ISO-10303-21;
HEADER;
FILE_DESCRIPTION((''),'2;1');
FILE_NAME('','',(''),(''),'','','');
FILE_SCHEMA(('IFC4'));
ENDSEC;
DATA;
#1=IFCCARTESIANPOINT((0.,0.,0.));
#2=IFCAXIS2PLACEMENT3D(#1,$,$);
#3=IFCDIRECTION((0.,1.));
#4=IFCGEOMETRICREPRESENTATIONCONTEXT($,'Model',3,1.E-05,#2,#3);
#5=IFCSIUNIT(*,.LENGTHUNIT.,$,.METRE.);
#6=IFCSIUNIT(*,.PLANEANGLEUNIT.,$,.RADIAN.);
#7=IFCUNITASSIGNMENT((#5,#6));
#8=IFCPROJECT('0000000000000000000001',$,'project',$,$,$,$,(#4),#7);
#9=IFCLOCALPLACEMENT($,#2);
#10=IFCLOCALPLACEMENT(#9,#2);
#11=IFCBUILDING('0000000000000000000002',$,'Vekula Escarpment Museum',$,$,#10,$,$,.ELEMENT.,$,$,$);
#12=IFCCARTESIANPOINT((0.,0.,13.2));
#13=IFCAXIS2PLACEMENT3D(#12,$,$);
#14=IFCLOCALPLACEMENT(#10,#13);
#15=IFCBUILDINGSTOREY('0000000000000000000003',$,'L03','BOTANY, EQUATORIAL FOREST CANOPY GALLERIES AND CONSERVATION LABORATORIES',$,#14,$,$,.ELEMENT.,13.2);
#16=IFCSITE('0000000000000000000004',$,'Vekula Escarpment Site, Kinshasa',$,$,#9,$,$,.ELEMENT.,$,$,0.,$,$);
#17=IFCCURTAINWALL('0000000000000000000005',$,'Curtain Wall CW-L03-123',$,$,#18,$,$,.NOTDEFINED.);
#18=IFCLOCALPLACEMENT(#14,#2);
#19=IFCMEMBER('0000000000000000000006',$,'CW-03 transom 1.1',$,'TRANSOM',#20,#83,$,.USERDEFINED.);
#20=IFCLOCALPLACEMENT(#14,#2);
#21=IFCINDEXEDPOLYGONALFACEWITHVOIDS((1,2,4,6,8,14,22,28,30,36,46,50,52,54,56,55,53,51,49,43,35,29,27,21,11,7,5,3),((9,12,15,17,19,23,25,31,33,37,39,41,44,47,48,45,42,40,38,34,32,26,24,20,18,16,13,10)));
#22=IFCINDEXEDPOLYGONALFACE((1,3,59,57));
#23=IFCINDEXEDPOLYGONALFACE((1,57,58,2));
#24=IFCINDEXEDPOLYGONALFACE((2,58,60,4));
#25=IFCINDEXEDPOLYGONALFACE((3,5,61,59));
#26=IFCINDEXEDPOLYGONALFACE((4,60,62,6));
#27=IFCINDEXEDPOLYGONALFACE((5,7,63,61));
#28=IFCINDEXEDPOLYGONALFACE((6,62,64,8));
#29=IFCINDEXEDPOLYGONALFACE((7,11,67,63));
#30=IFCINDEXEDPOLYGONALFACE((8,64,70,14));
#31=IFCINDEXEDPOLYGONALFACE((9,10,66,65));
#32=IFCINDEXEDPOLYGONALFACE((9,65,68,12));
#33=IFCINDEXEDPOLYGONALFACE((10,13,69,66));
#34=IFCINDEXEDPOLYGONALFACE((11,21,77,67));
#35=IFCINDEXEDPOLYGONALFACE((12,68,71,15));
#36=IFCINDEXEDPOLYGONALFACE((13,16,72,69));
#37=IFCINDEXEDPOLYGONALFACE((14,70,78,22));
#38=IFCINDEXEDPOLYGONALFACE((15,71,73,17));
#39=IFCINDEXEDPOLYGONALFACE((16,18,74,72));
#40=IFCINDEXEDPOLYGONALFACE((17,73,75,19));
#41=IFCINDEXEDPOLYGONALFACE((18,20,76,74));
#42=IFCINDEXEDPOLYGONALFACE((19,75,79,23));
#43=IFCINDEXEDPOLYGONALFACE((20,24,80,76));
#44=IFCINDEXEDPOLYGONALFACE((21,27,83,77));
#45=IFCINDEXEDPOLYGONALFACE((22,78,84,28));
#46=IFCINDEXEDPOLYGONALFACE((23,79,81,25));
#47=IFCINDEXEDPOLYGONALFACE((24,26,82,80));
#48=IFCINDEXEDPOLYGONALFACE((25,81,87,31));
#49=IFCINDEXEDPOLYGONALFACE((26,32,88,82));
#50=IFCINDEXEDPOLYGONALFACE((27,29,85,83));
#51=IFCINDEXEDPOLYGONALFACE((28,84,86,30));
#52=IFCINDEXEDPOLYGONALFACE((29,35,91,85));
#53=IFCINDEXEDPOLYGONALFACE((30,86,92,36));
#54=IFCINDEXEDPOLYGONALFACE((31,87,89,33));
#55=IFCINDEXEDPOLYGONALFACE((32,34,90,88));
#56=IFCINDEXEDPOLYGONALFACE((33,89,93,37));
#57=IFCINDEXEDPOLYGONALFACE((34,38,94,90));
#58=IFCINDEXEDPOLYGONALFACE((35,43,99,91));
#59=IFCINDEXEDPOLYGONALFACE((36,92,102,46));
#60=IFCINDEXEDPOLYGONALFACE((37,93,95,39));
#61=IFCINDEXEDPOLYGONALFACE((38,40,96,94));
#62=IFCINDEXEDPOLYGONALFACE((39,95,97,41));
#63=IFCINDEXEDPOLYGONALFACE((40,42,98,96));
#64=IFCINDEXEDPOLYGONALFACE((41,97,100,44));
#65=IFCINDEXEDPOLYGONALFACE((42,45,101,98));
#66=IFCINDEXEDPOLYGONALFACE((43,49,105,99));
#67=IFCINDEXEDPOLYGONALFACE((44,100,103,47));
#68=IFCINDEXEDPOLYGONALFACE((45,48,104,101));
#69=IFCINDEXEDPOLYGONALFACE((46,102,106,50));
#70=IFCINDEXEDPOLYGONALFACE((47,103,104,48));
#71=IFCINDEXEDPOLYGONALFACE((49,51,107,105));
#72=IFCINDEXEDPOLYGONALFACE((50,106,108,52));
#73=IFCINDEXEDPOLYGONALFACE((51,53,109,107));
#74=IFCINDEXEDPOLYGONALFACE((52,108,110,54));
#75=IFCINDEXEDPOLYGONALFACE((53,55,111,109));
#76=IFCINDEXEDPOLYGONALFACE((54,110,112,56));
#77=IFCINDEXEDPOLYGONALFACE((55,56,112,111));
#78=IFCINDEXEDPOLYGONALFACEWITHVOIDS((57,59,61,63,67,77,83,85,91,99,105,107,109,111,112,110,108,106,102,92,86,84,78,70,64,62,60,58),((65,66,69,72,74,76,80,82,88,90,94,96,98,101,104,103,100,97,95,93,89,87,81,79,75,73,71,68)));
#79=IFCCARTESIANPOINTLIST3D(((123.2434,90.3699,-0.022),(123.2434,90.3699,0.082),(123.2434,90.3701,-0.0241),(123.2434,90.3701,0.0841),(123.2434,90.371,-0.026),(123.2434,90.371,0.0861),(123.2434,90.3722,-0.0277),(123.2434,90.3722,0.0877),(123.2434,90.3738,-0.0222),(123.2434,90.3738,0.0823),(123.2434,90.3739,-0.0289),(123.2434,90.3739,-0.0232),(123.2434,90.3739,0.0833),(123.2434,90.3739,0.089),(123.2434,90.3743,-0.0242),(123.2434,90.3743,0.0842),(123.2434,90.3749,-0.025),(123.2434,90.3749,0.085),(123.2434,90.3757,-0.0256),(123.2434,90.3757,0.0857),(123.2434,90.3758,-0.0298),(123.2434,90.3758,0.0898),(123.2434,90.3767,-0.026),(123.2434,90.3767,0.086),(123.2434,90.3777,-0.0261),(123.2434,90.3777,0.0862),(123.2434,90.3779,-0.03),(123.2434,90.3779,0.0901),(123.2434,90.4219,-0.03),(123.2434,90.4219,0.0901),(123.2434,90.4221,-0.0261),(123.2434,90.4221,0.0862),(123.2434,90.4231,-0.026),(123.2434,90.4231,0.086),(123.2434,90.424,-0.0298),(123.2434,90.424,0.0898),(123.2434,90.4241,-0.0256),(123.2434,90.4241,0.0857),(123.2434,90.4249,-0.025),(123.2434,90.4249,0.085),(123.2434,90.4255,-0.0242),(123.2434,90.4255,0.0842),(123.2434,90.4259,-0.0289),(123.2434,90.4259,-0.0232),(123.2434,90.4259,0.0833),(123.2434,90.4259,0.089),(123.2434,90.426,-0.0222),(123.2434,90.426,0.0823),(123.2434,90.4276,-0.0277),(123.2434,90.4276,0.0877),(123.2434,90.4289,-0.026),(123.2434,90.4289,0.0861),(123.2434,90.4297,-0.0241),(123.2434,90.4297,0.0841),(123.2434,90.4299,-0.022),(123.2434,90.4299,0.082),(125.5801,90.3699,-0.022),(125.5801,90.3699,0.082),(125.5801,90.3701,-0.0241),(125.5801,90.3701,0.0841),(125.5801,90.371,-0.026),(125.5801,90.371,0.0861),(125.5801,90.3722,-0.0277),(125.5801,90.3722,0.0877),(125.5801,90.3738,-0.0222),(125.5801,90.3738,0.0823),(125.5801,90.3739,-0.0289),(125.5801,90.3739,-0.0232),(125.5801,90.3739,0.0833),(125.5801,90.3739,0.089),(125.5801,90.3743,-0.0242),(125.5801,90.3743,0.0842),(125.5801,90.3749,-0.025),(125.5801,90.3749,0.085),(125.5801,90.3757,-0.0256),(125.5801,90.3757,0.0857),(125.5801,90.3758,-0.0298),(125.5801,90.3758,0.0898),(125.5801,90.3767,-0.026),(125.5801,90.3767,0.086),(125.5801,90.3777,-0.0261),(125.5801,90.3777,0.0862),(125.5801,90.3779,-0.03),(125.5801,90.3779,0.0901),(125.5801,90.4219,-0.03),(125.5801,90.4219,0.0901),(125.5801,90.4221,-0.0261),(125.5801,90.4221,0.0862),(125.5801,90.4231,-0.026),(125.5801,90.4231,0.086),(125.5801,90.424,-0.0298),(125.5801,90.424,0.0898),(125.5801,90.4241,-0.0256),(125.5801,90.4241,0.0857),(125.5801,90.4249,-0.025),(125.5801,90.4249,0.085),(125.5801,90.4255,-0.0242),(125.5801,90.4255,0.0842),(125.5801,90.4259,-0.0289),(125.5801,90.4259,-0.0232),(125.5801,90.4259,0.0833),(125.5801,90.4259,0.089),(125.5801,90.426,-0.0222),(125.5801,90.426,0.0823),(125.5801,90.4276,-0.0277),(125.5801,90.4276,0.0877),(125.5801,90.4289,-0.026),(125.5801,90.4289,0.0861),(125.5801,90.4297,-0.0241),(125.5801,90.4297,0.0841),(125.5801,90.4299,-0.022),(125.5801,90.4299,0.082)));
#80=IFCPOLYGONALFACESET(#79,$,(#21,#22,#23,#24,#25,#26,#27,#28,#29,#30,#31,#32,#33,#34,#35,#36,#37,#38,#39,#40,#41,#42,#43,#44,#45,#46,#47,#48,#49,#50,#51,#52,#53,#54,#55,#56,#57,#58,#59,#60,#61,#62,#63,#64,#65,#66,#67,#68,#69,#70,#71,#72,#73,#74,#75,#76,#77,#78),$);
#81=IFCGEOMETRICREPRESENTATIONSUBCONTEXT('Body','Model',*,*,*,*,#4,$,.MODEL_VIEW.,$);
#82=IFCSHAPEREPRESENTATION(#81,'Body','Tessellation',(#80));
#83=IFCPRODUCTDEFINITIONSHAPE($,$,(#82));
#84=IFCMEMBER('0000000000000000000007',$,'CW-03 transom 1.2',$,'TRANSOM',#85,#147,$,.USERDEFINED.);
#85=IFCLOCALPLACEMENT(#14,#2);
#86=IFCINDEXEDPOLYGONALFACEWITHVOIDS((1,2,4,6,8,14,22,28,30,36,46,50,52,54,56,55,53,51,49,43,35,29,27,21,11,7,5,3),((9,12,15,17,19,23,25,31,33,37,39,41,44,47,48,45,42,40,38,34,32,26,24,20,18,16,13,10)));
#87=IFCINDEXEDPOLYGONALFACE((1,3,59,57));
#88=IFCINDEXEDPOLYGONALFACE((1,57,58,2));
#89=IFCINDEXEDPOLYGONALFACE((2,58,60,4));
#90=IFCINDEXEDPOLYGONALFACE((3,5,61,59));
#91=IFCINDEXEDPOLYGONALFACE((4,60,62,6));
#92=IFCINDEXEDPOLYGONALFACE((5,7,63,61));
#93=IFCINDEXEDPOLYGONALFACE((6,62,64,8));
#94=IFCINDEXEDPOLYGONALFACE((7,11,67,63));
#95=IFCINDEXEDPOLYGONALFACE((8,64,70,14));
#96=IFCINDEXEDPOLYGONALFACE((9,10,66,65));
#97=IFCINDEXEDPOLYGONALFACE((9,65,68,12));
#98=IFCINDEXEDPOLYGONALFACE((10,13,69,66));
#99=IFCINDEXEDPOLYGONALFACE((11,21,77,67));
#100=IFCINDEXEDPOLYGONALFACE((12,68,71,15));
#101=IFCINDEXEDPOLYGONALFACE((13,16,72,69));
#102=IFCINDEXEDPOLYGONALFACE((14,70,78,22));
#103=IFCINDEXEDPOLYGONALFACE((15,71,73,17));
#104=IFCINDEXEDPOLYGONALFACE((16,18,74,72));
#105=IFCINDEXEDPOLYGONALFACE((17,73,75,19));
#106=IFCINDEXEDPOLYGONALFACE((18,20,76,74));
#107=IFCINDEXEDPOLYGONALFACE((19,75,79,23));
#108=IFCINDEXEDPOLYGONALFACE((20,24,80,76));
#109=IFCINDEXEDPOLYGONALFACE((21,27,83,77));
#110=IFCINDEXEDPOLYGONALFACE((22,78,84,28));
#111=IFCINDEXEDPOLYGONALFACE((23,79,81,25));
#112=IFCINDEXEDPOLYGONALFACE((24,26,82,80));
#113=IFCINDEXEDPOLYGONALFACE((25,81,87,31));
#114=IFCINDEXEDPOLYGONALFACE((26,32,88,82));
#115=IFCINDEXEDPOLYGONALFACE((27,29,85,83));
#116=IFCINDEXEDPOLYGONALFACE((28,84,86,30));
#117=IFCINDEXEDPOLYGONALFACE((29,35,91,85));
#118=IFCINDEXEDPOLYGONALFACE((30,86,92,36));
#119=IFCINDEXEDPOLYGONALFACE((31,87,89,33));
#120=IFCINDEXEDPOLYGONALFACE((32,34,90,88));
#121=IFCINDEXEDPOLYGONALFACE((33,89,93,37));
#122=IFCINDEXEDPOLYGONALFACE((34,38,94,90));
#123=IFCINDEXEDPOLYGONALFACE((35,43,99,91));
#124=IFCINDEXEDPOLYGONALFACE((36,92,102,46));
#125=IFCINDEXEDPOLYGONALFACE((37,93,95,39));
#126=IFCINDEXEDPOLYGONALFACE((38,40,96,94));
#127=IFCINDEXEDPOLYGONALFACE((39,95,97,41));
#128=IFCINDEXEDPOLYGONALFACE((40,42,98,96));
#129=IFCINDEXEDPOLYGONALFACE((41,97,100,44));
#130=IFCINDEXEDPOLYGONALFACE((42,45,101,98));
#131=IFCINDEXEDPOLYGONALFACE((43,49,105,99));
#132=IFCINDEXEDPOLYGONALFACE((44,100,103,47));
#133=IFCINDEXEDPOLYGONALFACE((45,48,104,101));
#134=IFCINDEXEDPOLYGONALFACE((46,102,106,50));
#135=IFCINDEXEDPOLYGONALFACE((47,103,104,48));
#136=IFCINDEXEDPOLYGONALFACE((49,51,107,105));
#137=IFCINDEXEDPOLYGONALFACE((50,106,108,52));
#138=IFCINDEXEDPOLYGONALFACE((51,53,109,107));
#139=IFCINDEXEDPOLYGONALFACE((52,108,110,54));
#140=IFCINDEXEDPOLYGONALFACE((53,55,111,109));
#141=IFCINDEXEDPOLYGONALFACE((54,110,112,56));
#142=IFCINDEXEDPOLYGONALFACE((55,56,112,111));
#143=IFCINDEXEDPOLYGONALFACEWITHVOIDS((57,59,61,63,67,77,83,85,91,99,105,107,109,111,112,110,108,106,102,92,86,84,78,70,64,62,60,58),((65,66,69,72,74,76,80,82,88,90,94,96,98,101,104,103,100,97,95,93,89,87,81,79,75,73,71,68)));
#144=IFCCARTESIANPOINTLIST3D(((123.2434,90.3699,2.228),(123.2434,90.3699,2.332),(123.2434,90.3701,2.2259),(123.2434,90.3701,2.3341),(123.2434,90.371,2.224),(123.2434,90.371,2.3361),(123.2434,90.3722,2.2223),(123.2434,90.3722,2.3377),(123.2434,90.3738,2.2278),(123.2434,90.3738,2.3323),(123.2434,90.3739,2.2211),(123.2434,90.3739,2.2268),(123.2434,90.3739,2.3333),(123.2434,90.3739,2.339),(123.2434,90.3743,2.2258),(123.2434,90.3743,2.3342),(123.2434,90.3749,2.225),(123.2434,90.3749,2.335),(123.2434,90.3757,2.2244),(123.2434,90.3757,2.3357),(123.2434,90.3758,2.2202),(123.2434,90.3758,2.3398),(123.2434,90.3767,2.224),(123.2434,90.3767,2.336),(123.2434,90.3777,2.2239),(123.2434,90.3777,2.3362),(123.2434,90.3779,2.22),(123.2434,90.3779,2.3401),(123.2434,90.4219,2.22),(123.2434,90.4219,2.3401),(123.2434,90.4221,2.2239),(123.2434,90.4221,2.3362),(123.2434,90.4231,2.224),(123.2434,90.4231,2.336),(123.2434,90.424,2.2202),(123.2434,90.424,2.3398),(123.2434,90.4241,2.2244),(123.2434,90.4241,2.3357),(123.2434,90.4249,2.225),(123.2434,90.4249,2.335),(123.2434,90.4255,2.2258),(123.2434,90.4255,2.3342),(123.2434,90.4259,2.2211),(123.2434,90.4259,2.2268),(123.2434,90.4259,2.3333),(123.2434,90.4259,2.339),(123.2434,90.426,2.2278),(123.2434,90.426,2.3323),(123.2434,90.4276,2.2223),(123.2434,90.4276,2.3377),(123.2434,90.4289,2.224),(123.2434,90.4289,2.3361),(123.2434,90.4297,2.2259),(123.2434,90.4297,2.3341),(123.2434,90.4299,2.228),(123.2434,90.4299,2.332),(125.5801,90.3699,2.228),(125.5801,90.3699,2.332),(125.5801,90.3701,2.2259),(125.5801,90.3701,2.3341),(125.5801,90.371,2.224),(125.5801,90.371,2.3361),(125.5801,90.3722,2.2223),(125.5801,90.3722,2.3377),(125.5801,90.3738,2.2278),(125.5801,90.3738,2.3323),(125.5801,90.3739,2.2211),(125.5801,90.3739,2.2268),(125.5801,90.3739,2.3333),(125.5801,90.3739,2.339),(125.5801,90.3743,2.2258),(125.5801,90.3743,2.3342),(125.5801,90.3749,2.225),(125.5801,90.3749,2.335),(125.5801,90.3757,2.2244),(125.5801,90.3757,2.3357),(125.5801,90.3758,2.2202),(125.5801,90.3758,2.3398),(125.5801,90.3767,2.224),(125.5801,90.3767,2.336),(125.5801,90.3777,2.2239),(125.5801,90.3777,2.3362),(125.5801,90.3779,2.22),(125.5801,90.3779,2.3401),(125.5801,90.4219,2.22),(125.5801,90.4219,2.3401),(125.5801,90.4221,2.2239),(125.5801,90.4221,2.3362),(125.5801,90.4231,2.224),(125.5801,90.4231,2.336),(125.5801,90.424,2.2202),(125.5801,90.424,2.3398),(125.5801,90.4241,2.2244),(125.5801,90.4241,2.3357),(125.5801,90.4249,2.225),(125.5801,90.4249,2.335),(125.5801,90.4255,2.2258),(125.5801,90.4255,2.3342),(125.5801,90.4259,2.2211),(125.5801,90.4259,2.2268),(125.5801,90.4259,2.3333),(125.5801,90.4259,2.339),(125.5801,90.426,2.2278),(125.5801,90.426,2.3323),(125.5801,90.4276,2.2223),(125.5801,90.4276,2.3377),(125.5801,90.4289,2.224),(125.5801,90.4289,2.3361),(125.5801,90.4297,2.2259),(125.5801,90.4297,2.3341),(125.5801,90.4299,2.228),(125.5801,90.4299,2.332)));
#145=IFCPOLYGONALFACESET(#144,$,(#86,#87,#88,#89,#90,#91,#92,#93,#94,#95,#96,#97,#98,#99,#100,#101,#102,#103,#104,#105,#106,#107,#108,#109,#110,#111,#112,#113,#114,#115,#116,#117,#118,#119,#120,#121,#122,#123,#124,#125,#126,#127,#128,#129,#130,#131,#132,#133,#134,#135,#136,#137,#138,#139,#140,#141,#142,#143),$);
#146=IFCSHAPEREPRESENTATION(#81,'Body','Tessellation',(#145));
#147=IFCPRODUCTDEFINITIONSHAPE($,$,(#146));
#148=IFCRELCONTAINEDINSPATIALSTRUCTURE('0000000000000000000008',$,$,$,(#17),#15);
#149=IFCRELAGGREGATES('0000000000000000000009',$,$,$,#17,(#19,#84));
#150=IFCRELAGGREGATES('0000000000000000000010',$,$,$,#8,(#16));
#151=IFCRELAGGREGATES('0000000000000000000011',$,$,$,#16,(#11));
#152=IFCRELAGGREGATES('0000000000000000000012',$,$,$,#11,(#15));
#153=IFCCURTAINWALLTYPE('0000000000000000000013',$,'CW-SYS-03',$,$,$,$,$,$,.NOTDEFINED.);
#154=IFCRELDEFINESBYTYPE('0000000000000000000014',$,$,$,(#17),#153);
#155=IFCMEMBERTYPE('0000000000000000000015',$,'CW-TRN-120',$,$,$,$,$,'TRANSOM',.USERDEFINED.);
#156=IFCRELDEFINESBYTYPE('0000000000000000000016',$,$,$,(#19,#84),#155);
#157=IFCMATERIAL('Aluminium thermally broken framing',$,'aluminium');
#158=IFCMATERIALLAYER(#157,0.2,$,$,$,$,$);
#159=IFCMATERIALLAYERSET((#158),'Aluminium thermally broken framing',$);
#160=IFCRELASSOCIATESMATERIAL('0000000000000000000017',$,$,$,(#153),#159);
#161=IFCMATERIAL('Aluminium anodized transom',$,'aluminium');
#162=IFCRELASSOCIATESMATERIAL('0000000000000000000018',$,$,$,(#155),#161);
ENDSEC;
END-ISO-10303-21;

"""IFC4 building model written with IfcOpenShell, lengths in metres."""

from ifc_helpers import new_model, si_unit, direction, frame, origin, origin_2d, place, context, subcontext, project, spatial, hollow_rectangle, extrude, material, layer, layer_set, material_profile, profile_set, type_object, element, aggregate, save


model = new_model("IFC4")

# Units and contexts
model_context = context("Model", 3, precision=1e-05, world=origin(), true_north=direction((0.0, 1.0)))
body_context = subcontext(model_context, "Body", "Model", "MODEL_VIEW")
ifc_project = project(units=[si_unit("LENGTHUNIT", "METRE"), si_unit("PLANEANGLEUNIT", "RADIAN")], contexts=[model_context])

# Site, building, storey
site_placement = place(None, origin())
site = spatial("IfcSite", under=ifc_project, at=site_placement, Name="Vekula Escarpment Site, Kinshasa", CompositionType="ELEMENT", RefElevation=0.0)
building_placement = place(site_placement, origin())
building = spatial("IfcBuilding", under=site, at=building_placement, Name="Vekula Escarpment Museum", CompositionType="ELEMENT")
storey_placement = place(building_placement, frame((0.0, 0.0, 13.2)))
storey = spatial("IfcBuildingStorey", under=building, at=storey_placement, Name="L03", Description="BOTANY, EQUATORIAL FOREST CANOPY GALLERIES AND CONSERVATION LABORATORIES", CompositionType="ELEMENT", Elevation=13.2)

# Curtain wall
ifc_material_1 = material(Name="Aluminium thermally broken framing", Category="aluminium")
ifc_layer_1 = layer(ifc_material_1, 0.2)
ifc_layer_set_1 = layer_set([ifc_layer_1], Name="Aluminium thermally broken framing")
curtain_wall_type_1 = type_object("IfcCurtainWallType", Name="CW-SYS-03", PredefinedType="NOTDEFINED", material=ifc_layer_set_1)
curtain_wall_1_placement = place(storey_placement, origin())
curtain_wall_1 = element("IfcCurtainWall", 1, at=curtain_wall_1_placement, inside=storey, type_object=curtain_wall_type_1, Name="Curtain Wall CW-L03-123", PredefinedType="NOTDEFINED")

# Members
ifc_material_2 = material(Name="Aluminium anodized transom", Category="aluminium")
ifc_material_profile_1 = material_profile(ifc_material_2, hollow_rectangle(XDim=0.0601, YDim=0.1201, WallThickness=0.0039, InnerFilletRadius=0.0039, OuterFilletRadius=0.0081, at=origin_2d()), Name="ALU 120x60x4")
ifc_profile_set_1 = profile_set([ifc_material_profile_1], Name="Aluminium anodized transom")
member_type_1 = type_object("IfcMemberType", Name="CW-TRN-120", ElementType="TRANSOM", PredefinedType="USERDEFINED", material=ifc_profile_set_1)
member_1_placement = place(storey_placement, frame((125.5801, 90.3999, 0.03), z_axis=(-1.0, 0.0, 0.0), x_axis=(0.0, -1.0, 0.0)))
member_1 = element("IfcMember", 2, at=member_1_placement, type_object=member_type_1, Name="CW-03 transom 1.1", ObjectType="TRANSOM", PredefinedType="USERDEFINED", context=body_context, shape_type="SweptSolid", body=[
    extrude(hollow_rectangle(XDim=0.0601, YDim=0.1201, WallThickness=0.0039, InnerFilletRadius=0.0039, OuterFilletRadius=0.0081, at=origin_2d()), origin(), (0.0, 0.0, 1.0), 2.3367),
])
member_2_placement = place(storey_placement, frame((125.5801, 90.3999, 2.28), z_axis=(-1.0, 0.0, 0.0), x_axis=(0.0, -1.0, 0.0)))
member_2 = element("IfcMember", 3, at=member_2_placement, type_object=member_type_1, Name="CW-03 transom 1.2", ObjectType="TRANSOM", PredefinedType="USERDEFINED", context=body_context, shape_type="SweptSolid", body=[
    extrude(hollow_rectangle(XDim=0.0601, YDim=0.1201, WallThickness=0.0039, InnerFilletRadius=0.0039, OuterFilletRadius=0.0081, at=origin_2d()), origin(), (0.0, 0.0, 1.0), 2.3367),
])

aggregate(curtain_wall_1, [member_1, member_2])

save(model, "model.ifc")
